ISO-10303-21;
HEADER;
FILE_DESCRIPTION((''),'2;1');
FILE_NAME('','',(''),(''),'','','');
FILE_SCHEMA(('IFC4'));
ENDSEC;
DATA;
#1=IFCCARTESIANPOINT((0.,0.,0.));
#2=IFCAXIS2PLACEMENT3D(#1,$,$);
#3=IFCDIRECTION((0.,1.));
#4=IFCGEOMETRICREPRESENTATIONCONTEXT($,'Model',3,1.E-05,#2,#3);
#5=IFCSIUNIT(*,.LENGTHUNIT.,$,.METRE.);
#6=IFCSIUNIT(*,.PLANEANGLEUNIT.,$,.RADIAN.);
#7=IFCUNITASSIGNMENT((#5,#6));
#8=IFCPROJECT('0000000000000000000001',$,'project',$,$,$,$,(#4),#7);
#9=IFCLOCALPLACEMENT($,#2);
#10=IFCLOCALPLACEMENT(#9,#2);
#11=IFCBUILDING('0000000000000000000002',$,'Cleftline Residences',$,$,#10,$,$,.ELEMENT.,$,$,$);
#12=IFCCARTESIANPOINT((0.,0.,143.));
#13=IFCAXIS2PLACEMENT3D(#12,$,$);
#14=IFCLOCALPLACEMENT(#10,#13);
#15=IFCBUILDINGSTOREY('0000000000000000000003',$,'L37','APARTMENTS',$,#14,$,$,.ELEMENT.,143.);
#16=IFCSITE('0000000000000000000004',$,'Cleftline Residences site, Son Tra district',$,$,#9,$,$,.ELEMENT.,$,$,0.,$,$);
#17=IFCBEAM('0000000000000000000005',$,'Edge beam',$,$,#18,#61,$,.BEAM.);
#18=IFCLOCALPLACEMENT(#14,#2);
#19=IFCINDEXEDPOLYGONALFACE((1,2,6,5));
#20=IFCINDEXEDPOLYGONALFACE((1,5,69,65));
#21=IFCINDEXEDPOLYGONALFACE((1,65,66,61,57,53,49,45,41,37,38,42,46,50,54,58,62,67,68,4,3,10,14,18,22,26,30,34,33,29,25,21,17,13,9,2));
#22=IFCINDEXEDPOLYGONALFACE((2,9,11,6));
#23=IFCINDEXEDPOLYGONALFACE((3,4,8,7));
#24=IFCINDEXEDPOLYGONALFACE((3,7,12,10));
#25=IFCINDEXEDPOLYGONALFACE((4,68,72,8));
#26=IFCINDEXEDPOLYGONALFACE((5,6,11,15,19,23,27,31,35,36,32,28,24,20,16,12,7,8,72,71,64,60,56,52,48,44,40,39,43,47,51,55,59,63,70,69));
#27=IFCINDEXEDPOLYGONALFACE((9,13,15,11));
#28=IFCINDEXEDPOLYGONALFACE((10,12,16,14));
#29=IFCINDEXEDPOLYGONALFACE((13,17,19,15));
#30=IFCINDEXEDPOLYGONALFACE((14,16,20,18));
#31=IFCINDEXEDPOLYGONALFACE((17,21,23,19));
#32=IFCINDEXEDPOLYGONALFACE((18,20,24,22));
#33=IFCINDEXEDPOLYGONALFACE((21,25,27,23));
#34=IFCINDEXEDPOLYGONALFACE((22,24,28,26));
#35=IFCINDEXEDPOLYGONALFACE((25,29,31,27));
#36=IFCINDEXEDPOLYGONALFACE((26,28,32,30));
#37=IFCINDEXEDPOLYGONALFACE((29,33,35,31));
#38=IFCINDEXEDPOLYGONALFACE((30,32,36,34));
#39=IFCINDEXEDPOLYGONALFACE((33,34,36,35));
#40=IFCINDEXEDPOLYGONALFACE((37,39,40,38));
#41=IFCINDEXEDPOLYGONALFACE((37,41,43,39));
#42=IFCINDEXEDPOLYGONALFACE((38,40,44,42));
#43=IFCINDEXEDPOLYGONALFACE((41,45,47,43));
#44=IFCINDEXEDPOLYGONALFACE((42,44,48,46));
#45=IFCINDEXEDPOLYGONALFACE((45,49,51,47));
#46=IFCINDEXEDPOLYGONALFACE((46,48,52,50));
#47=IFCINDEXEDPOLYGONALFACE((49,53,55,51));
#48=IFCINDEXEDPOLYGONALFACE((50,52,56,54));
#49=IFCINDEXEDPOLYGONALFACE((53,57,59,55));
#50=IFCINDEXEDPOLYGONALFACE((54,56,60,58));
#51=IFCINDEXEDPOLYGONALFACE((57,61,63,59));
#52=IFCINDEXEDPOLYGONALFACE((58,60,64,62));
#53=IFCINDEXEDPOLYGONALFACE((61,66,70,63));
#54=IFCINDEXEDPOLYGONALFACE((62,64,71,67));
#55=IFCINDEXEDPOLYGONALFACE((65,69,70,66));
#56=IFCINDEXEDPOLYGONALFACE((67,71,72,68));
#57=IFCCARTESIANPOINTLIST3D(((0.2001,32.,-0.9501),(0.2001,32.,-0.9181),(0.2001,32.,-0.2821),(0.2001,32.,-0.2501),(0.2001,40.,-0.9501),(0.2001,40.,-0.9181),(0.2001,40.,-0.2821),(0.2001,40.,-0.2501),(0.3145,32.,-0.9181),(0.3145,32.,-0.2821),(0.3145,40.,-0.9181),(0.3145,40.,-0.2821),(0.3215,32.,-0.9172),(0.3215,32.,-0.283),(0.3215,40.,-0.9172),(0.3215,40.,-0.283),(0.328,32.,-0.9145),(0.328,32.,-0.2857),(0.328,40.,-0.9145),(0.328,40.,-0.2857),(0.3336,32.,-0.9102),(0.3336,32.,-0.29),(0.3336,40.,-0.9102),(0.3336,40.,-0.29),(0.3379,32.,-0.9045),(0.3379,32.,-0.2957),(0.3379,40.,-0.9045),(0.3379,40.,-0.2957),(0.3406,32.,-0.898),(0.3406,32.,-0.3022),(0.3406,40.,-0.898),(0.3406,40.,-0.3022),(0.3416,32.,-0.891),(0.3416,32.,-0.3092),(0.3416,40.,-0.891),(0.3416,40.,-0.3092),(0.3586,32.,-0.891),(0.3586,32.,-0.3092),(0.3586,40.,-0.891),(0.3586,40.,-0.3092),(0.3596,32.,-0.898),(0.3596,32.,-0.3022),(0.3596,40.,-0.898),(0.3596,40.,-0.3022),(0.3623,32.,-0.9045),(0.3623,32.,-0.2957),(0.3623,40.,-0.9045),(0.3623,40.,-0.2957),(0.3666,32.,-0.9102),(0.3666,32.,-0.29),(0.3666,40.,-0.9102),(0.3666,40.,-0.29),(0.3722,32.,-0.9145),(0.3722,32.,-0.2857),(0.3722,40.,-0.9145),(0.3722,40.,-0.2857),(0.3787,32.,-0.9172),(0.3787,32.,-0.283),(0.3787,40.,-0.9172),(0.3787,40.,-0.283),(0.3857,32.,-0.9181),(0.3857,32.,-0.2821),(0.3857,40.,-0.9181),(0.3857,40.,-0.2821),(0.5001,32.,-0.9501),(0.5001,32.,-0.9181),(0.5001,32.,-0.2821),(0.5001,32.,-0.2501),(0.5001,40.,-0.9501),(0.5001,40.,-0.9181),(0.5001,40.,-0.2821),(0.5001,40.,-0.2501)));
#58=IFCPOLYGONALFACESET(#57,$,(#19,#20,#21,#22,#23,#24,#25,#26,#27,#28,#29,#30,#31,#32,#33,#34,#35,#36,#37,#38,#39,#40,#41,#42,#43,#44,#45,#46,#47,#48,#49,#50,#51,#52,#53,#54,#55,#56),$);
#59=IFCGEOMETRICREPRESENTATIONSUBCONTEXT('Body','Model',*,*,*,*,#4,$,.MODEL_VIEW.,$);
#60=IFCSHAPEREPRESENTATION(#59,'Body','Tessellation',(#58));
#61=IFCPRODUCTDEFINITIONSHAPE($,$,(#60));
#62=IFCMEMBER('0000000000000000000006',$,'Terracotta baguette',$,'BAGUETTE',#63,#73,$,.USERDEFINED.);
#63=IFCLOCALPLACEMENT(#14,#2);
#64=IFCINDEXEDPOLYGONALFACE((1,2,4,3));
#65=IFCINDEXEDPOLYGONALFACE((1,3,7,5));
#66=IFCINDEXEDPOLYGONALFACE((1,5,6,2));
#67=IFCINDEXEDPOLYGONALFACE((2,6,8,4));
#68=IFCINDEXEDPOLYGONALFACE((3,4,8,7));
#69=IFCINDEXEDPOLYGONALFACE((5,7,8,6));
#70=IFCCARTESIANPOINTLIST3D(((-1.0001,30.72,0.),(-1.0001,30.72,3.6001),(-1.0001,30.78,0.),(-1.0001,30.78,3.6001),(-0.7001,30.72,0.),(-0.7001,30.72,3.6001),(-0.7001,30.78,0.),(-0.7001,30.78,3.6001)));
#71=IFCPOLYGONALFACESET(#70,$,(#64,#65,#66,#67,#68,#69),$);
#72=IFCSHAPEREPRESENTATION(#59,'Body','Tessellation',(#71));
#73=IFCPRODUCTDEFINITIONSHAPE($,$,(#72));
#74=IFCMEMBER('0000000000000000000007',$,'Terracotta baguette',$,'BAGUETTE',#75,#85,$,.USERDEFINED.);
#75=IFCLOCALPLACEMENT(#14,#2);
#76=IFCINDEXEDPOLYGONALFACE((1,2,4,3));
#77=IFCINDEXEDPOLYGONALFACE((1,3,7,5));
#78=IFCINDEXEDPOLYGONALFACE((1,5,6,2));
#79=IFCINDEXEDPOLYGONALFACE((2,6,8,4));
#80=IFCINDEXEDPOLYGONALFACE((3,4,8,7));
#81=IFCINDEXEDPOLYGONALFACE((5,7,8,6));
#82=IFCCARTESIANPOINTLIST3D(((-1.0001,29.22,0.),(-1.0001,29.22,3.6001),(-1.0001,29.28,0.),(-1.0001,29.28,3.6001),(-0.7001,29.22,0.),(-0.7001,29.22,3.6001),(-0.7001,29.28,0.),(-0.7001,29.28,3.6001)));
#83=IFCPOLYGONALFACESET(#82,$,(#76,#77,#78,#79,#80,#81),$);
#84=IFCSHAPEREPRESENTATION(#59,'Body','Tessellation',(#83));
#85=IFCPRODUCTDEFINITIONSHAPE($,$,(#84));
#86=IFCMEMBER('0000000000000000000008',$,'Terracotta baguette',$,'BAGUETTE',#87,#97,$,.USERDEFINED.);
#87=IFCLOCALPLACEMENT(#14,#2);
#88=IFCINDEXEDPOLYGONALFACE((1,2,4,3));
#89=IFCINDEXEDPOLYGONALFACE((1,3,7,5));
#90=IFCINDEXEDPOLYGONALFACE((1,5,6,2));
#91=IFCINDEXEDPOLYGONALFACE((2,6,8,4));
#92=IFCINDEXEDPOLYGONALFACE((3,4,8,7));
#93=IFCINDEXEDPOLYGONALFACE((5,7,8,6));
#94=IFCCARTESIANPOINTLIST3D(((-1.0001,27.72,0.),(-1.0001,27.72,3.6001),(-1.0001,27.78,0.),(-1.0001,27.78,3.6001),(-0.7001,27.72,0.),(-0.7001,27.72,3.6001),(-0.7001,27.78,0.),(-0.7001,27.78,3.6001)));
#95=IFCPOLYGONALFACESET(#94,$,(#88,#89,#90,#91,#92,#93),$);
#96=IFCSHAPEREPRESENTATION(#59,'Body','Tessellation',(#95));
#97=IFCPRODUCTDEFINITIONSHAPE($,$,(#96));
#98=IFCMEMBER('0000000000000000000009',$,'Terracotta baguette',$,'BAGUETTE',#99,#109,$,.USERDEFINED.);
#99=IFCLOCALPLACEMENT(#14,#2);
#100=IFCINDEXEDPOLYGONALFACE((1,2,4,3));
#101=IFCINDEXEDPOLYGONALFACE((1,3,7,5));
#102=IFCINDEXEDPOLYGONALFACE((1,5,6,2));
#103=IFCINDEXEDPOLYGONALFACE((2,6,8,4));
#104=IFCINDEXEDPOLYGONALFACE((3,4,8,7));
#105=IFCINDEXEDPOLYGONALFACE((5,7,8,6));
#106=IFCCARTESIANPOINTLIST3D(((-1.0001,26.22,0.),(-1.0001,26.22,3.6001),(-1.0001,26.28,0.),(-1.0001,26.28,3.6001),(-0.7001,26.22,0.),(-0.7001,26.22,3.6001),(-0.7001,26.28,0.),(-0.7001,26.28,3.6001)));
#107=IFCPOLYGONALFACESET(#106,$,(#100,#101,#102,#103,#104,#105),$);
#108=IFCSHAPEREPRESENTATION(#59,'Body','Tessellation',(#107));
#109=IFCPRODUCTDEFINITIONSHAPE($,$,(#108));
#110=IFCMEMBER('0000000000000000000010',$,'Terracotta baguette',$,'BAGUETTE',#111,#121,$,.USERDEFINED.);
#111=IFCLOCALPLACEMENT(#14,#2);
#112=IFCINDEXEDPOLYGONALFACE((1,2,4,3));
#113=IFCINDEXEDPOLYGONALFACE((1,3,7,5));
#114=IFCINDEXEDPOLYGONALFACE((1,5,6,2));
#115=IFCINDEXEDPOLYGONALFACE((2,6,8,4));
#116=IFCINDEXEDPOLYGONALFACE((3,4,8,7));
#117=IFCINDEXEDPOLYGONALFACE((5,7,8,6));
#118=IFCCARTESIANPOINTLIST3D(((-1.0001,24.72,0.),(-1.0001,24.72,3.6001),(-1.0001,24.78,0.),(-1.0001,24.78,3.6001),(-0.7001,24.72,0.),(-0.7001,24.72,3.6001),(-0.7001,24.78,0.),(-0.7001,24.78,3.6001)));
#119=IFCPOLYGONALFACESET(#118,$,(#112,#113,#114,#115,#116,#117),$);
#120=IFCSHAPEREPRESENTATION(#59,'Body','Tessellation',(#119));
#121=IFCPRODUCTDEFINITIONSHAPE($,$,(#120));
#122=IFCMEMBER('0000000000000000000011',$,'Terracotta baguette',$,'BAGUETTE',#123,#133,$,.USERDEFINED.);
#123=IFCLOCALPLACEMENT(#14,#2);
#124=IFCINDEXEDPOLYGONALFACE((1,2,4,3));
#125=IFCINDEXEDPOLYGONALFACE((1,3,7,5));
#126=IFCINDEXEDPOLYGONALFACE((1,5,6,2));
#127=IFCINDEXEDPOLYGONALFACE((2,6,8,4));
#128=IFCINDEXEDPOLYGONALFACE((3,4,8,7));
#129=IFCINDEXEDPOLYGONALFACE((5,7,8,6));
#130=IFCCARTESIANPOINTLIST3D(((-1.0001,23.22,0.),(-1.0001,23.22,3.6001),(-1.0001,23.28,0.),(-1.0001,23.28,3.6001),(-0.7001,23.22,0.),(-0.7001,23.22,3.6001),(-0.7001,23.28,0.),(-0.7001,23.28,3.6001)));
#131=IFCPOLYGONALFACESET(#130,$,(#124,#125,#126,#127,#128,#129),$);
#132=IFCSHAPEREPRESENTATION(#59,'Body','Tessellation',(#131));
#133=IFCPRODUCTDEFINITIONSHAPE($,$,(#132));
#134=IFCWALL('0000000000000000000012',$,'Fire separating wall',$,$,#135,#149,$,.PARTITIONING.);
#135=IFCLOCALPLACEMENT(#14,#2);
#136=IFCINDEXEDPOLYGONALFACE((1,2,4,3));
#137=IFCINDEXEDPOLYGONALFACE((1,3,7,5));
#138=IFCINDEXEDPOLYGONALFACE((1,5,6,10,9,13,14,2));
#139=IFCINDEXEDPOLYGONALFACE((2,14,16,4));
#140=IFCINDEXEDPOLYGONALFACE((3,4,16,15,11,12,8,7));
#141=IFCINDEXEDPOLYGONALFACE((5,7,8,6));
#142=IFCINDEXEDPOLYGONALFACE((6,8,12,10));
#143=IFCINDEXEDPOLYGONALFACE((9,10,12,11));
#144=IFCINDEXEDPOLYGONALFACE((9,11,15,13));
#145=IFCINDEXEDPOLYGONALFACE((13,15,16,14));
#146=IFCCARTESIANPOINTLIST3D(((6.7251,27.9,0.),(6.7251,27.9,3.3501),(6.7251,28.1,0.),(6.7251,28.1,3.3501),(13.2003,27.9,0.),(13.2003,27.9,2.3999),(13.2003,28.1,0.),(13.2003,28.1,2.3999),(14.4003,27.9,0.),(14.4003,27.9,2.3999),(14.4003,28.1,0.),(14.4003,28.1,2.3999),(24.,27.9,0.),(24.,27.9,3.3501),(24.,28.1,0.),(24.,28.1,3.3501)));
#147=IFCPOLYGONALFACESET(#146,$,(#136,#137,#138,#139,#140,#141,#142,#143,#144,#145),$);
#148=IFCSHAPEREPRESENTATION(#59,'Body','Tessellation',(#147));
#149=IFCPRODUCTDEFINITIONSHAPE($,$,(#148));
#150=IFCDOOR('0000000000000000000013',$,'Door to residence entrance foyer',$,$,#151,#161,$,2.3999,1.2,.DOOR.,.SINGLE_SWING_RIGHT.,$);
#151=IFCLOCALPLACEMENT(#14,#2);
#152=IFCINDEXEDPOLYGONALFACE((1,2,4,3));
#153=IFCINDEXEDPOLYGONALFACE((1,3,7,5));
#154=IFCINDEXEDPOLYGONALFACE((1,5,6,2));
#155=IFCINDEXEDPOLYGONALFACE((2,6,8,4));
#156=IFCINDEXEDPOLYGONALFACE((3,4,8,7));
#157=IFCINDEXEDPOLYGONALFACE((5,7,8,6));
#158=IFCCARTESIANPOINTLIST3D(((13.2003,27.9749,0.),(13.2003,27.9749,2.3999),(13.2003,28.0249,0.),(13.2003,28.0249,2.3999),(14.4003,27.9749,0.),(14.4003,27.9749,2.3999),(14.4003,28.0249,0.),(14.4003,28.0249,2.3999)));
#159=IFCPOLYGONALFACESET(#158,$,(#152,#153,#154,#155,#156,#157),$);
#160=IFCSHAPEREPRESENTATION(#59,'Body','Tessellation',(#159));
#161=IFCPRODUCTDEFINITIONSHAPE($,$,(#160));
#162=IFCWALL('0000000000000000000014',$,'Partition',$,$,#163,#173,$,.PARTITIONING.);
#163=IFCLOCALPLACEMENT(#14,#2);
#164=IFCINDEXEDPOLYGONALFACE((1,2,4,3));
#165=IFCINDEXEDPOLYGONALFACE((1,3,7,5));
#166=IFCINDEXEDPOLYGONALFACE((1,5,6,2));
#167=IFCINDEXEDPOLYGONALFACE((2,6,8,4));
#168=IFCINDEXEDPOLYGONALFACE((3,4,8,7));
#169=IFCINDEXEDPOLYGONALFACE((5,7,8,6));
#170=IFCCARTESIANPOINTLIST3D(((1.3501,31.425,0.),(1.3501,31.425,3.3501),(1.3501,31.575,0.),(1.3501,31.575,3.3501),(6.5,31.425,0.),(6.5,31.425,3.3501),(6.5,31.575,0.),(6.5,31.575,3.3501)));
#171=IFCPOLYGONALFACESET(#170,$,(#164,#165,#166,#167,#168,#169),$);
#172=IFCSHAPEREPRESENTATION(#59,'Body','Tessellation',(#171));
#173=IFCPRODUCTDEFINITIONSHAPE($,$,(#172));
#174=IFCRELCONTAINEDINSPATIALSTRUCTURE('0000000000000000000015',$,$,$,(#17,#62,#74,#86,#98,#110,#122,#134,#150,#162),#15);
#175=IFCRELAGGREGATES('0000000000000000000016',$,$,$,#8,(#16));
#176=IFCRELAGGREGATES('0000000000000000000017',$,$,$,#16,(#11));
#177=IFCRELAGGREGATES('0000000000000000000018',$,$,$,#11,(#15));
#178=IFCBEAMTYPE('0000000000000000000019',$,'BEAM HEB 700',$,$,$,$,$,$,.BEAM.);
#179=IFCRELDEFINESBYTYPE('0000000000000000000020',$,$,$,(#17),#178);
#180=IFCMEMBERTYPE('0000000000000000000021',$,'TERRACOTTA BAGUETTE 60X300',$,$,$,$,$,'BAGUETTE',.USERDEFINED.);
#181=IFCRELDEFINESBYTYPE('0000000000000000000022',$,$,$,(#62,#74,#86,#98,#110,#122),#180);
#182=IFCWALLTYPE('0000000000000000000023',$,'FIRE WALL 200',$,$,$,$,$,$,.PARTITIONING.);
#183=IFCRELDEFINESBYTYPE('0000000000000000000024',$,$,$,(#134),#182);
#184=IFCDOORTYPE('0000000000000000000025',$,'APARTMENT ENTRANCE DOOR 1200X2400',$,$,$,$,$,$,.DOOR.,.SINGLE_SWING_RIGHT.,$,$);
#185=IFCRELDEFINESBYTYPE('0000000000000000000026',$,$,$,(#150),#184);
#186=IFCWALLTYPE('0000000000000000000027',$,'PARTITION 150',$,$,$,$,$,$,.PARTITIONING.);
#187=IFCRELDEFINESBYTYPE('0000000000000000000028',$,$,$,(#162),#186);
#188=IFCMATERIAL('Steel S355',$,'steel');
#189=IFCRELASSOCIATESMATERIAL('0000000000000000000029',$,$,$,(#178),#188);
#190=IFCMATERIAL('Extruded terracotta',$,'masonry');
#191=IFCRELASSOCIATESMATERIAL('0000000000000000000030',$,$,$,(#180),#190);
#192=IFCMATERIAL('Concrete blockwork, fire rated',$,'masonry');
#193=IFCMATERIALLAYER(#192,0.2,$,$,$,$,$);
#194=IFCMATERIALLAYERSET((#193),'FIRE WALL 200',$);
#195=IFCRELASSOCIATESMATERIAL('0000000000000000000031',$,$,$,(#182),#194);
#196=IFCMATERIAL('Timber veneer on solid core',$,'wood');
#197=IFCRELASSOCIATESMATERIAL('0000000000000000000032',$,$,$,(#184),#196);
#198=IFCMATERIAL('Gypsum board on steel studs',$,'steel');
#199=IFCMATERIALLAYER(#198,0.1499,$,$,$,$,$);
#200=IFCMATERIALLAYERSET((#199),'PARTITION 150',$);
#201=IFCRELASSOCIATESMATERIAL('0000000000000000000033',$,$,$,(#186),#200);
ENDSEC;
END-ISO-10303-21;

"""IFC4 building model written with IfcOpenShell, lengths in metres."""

from ifc_helpers import new_model, si_unit, direction, frame, frame_2d, origin, origin_2d, place, context, subcontext, project, spatial, rectangle, i_section, extrude, material, layer, layer_set, material_profile, profile_set, type_object, element, fill, save


model = new_model("IFC4")

# Units and contexts
model_context = context("Model", 3, precision=1e-05, world=origin(), true_north=direction((0.0, 1.0)))
body_context = subcontext(model_context, "Body", "Model", "MODEL_VIEW")
ifc_project = project(units=[si_unit("LENGTHUNIT", "METRE"), si_unit("PLANEANGLEUNIT", "RADIAN")], contexts=[model_context])

# Site, building, storey
site_placement = place(None, origin())
site = spatial("IfcSite", under=ifc_project, at=site_placement, Name="Cleftline Residences site, Son Tra district", CompositionType="ELEMENT", RefElevation=0.0)
building_placement = place(site_placement, origin())
building = spatial("IfcBuilding", under=site, at=building_placement, Name="Cleftline Residences", CompositionType="ELEMENT")
storey_placement = place(building_placement, frame((0.0, 0.0, 143.0)))
storey = spatial("IfcBuildingStorey", under=building, at=storey_placement, Name="L37", Description="APARTMENTS", CompositionType="ELEMENT", Elevation=143.0)

# Beam
ifc_material_1 = material(Name="Steel S355", Category="steel")
ifc_material_profile_1 = material_profile(ifc_material_1, i_section(OverallWidth=0.3, OverallDepth=0.7, WebThickness=0.0171, FlangeThickness=0.032, FilletRadius=0.0271, at=origin_2d()))
ifc_profile_set_1 = profile_set([ifc_material_profile_1], Name="Steel S355")
beam_type = type_object("IfcBeamType", Name="BEAM HEB 700", PredefinedType="BEAM", material=ifc_profile_set_1)
for number, where, z_axis, x_axis, name in (
    (1, (0.3501, 32.0, -0.6001), (0.0, 1.0, 0.0), (-1.0, 0.0, 0.0), "Edge beam"),
):
    element("IfcBeam", number, at=place(storey_placement, frame(where, z_axis=z_axis, x_axis=x_axis)), inside=storey, type_object=beam_type, Name=name, PredefinedType="BEAM", context=body_context, shape_type="SweptSolid", body=[
        extrude(i_section(OverallWidth=0.3, OverallDepth=0.7, WebThickness=0.0171, FlangeThickness=0.032, FilletRadius=0.0271, at=origin_2d()), origin(), (0.0, 0.0, 1.0), 8.0),
    ])

# Members
ifc_material_2 = material(Name="Extruded terracotta", Category="masonry")
ifc_material_profile_2 = material_profile(ifc_material_2, rectangle(XDim=0.0601, YDim=0.3, at=origin_2d()))
ifc_profile_set_2 = profile_set([ifc_material_profile_2], Name="Extruded terracotta")
member_type_1 = type_object("IfcMemberType", Name="TERRACOTTA BAGUETTE 60X300", ElementType="BAGUETTE", PredefinedType="USERDEFINED", material=ifc_profile_set_2)
for number, where, z_axis, x_axis, name in (
    (2, (-0.8501, 30.75, 0.0), (0.0, 0.0, 1.0), (0.0, 1.0, 0.0), "Terracotta baguette"),
    (3, (-0.8501, 29.25, 0.0), (0.0, 0.0, 1.0), (0.0, 1.0, 0.0), "Terracotta baguette"),
    (4, (-0.8501, 27.75, 0.0), (0.0, 0.0, 1.0), (0.0, 1.0, 0.0), "Terracotta baguette"),
    (5, (-0.8501, 26.25, 0.0), (0.0, 0.0, 1.0), (0.0, 1.0, 0.0), "Terracotta baguette"),
    (6, (-0.8501, 24.75, 0.0), (0.0, 0.0, 1.0), (0.0, 1.0, 0.0), "Terracotta baguette"),
    (7, (-0.8501, 23.25, 0.0), (0.0, 0.0, 1.0), (0.0, 1.0, 0.0), "Terracotta baguette"),
):
    element("IfcMember", number, at=place(storey_placement, frame(where, z_axis=z_axis, x_axis=x_axis)), inside=storey, type_object=member_type_1, Name=name, ObjectType="BAGUETTE", PredefinedType="USERDEFINED", context=body_context, shape_type="SweptSolid", body=[
        extrude(rectangle(XDim=0.0601, YDim=0.3, at=origin_2d()), origin(), (0.0, 0.0, 1.0), 3.6001),
    ])

# Wall, opening, door
ifc_material_3 = material(Name="Concrete blockwork, fire rated", Category="masonry")
ifc_layer_1 = layer(ifc_material_3, 0.2)
ifc_layer_set_1 = layer_set([ifc_layer_1], Name="FIRE WALL 200")
wall_type_1 = type_object("IfcWallType", Name="FIRE WALL 200", PredefinedType="PARTITIONING", material=ifc_layer_set_1)
wall_1_placement = place(storey_placement, frame((6.7251, 28.0, 0.0), z_axis=(0.0, 0.0, 1.0), x_axis=(1.0, 0.0, 0.0)))
wall_1 = element("IfcWall", 8, at=wall_1_placement, inside=storey, type_object=wall_type_1, Name="Fire separating wall", PredefinedType="PARTITIONING", context=body_context, shape_type="SweptSolid", body=[
    extrude(rectangle(XDim=17.2749, YDim=0.2, at=frame_2d((8.6375, 0.0))), origin(), (0.0, 0.0, 1.0), 3.3501),
])
opening_1_placement = place(wall_1_placement, frame((6.4751, 0.0, 0.0)))
opening_1 = element("IfcOpeningElement", 9, at=opening_1_placement, cuts=wall_1, PredefinedType="OPENING", context=body_context, shape_type="SweptSolid", body=[
    extrude(rectangle(XDim=1.2, YDim=2.3999, at=frame_2d((0.6001, 1.2))), frame((0.0, 0.1099, 0.0), z_axis=(0.0, -1.0, 0.0), x_axis=(1.0, 0.0, 0.0)), (0.0, 0.0, 1.0), 0.22),
])
ifc_material_4 = material(Name="Timber veneer on solid core", Category="wood")
door_type_1 = type_object("IfcDoorType", Name="APARTMENT ENTRANCE DOOR 1200X2400", OperationType="SINGLE_SWING_RIGHT", PredefinedType="DOOR", material=ifc_material_4)
door_1_placement = place(opening_1_placement, origin())
door_1 = element("IfcDoor", 10, at=door_1_placement, inside=storey, type_object=door_type_1, Name="Door to residence entrance foyer", OperationType="SINGLE_SWING_RIGHT", OverallHeight=2.3999, OverallWidth=1.2, PredefinedType="DOOR", context=body_context, shape_type="SweptSolid", body=[
    extrude(rectangle(XDim=1.2, YDim=2.3999, at=frame_2d((0.6001, 1.2))), frame((0.0, 0.0249, 0.0), z_axis=(0.0, -1.0, 0.0), x_axis=(1.0, 0.0, 0.0)), (0.0, 0.0, 1.0), 0.05),
])
fill(opening_1, door_1)

# Wall
ifc_material_5 = material(Name="Gypsum board on steel studs", Category="steel")
ifc_layer_2 = layer(ifc_material_5, 0.1499)
ifc_layer_set_2 = layer_set([ifc_layer_2], Name="PARTITION 150")
wall_type_2 = type_object("IfcWallType", Name="PARTITION 150", PredefinedType="PARTITIONING", material=ifc_layer_set_2)
wall_2_placement = place(storey_placement, frame((1.3501, 31.5, 0.0), z_axis=(0.0, 0.0, 1.0), x_axis=(1.0, 0.0, 0.0)))
element("IfcWall", 11, at=wall_2_placement, inside=storey, type_object=wall_type_2, Name="Partition", PredefinedType="PARTITIONING", context=body_context, shape_type="SweptSolid", body=[
    extrude(rectangle(XDim=5.1499, YDim=0.1499, at=frame_2d((2.575, 0.0))), origin(), (0.0, 0.0, 1.0), 3.3501),
])

save(model, "model.ifc")
